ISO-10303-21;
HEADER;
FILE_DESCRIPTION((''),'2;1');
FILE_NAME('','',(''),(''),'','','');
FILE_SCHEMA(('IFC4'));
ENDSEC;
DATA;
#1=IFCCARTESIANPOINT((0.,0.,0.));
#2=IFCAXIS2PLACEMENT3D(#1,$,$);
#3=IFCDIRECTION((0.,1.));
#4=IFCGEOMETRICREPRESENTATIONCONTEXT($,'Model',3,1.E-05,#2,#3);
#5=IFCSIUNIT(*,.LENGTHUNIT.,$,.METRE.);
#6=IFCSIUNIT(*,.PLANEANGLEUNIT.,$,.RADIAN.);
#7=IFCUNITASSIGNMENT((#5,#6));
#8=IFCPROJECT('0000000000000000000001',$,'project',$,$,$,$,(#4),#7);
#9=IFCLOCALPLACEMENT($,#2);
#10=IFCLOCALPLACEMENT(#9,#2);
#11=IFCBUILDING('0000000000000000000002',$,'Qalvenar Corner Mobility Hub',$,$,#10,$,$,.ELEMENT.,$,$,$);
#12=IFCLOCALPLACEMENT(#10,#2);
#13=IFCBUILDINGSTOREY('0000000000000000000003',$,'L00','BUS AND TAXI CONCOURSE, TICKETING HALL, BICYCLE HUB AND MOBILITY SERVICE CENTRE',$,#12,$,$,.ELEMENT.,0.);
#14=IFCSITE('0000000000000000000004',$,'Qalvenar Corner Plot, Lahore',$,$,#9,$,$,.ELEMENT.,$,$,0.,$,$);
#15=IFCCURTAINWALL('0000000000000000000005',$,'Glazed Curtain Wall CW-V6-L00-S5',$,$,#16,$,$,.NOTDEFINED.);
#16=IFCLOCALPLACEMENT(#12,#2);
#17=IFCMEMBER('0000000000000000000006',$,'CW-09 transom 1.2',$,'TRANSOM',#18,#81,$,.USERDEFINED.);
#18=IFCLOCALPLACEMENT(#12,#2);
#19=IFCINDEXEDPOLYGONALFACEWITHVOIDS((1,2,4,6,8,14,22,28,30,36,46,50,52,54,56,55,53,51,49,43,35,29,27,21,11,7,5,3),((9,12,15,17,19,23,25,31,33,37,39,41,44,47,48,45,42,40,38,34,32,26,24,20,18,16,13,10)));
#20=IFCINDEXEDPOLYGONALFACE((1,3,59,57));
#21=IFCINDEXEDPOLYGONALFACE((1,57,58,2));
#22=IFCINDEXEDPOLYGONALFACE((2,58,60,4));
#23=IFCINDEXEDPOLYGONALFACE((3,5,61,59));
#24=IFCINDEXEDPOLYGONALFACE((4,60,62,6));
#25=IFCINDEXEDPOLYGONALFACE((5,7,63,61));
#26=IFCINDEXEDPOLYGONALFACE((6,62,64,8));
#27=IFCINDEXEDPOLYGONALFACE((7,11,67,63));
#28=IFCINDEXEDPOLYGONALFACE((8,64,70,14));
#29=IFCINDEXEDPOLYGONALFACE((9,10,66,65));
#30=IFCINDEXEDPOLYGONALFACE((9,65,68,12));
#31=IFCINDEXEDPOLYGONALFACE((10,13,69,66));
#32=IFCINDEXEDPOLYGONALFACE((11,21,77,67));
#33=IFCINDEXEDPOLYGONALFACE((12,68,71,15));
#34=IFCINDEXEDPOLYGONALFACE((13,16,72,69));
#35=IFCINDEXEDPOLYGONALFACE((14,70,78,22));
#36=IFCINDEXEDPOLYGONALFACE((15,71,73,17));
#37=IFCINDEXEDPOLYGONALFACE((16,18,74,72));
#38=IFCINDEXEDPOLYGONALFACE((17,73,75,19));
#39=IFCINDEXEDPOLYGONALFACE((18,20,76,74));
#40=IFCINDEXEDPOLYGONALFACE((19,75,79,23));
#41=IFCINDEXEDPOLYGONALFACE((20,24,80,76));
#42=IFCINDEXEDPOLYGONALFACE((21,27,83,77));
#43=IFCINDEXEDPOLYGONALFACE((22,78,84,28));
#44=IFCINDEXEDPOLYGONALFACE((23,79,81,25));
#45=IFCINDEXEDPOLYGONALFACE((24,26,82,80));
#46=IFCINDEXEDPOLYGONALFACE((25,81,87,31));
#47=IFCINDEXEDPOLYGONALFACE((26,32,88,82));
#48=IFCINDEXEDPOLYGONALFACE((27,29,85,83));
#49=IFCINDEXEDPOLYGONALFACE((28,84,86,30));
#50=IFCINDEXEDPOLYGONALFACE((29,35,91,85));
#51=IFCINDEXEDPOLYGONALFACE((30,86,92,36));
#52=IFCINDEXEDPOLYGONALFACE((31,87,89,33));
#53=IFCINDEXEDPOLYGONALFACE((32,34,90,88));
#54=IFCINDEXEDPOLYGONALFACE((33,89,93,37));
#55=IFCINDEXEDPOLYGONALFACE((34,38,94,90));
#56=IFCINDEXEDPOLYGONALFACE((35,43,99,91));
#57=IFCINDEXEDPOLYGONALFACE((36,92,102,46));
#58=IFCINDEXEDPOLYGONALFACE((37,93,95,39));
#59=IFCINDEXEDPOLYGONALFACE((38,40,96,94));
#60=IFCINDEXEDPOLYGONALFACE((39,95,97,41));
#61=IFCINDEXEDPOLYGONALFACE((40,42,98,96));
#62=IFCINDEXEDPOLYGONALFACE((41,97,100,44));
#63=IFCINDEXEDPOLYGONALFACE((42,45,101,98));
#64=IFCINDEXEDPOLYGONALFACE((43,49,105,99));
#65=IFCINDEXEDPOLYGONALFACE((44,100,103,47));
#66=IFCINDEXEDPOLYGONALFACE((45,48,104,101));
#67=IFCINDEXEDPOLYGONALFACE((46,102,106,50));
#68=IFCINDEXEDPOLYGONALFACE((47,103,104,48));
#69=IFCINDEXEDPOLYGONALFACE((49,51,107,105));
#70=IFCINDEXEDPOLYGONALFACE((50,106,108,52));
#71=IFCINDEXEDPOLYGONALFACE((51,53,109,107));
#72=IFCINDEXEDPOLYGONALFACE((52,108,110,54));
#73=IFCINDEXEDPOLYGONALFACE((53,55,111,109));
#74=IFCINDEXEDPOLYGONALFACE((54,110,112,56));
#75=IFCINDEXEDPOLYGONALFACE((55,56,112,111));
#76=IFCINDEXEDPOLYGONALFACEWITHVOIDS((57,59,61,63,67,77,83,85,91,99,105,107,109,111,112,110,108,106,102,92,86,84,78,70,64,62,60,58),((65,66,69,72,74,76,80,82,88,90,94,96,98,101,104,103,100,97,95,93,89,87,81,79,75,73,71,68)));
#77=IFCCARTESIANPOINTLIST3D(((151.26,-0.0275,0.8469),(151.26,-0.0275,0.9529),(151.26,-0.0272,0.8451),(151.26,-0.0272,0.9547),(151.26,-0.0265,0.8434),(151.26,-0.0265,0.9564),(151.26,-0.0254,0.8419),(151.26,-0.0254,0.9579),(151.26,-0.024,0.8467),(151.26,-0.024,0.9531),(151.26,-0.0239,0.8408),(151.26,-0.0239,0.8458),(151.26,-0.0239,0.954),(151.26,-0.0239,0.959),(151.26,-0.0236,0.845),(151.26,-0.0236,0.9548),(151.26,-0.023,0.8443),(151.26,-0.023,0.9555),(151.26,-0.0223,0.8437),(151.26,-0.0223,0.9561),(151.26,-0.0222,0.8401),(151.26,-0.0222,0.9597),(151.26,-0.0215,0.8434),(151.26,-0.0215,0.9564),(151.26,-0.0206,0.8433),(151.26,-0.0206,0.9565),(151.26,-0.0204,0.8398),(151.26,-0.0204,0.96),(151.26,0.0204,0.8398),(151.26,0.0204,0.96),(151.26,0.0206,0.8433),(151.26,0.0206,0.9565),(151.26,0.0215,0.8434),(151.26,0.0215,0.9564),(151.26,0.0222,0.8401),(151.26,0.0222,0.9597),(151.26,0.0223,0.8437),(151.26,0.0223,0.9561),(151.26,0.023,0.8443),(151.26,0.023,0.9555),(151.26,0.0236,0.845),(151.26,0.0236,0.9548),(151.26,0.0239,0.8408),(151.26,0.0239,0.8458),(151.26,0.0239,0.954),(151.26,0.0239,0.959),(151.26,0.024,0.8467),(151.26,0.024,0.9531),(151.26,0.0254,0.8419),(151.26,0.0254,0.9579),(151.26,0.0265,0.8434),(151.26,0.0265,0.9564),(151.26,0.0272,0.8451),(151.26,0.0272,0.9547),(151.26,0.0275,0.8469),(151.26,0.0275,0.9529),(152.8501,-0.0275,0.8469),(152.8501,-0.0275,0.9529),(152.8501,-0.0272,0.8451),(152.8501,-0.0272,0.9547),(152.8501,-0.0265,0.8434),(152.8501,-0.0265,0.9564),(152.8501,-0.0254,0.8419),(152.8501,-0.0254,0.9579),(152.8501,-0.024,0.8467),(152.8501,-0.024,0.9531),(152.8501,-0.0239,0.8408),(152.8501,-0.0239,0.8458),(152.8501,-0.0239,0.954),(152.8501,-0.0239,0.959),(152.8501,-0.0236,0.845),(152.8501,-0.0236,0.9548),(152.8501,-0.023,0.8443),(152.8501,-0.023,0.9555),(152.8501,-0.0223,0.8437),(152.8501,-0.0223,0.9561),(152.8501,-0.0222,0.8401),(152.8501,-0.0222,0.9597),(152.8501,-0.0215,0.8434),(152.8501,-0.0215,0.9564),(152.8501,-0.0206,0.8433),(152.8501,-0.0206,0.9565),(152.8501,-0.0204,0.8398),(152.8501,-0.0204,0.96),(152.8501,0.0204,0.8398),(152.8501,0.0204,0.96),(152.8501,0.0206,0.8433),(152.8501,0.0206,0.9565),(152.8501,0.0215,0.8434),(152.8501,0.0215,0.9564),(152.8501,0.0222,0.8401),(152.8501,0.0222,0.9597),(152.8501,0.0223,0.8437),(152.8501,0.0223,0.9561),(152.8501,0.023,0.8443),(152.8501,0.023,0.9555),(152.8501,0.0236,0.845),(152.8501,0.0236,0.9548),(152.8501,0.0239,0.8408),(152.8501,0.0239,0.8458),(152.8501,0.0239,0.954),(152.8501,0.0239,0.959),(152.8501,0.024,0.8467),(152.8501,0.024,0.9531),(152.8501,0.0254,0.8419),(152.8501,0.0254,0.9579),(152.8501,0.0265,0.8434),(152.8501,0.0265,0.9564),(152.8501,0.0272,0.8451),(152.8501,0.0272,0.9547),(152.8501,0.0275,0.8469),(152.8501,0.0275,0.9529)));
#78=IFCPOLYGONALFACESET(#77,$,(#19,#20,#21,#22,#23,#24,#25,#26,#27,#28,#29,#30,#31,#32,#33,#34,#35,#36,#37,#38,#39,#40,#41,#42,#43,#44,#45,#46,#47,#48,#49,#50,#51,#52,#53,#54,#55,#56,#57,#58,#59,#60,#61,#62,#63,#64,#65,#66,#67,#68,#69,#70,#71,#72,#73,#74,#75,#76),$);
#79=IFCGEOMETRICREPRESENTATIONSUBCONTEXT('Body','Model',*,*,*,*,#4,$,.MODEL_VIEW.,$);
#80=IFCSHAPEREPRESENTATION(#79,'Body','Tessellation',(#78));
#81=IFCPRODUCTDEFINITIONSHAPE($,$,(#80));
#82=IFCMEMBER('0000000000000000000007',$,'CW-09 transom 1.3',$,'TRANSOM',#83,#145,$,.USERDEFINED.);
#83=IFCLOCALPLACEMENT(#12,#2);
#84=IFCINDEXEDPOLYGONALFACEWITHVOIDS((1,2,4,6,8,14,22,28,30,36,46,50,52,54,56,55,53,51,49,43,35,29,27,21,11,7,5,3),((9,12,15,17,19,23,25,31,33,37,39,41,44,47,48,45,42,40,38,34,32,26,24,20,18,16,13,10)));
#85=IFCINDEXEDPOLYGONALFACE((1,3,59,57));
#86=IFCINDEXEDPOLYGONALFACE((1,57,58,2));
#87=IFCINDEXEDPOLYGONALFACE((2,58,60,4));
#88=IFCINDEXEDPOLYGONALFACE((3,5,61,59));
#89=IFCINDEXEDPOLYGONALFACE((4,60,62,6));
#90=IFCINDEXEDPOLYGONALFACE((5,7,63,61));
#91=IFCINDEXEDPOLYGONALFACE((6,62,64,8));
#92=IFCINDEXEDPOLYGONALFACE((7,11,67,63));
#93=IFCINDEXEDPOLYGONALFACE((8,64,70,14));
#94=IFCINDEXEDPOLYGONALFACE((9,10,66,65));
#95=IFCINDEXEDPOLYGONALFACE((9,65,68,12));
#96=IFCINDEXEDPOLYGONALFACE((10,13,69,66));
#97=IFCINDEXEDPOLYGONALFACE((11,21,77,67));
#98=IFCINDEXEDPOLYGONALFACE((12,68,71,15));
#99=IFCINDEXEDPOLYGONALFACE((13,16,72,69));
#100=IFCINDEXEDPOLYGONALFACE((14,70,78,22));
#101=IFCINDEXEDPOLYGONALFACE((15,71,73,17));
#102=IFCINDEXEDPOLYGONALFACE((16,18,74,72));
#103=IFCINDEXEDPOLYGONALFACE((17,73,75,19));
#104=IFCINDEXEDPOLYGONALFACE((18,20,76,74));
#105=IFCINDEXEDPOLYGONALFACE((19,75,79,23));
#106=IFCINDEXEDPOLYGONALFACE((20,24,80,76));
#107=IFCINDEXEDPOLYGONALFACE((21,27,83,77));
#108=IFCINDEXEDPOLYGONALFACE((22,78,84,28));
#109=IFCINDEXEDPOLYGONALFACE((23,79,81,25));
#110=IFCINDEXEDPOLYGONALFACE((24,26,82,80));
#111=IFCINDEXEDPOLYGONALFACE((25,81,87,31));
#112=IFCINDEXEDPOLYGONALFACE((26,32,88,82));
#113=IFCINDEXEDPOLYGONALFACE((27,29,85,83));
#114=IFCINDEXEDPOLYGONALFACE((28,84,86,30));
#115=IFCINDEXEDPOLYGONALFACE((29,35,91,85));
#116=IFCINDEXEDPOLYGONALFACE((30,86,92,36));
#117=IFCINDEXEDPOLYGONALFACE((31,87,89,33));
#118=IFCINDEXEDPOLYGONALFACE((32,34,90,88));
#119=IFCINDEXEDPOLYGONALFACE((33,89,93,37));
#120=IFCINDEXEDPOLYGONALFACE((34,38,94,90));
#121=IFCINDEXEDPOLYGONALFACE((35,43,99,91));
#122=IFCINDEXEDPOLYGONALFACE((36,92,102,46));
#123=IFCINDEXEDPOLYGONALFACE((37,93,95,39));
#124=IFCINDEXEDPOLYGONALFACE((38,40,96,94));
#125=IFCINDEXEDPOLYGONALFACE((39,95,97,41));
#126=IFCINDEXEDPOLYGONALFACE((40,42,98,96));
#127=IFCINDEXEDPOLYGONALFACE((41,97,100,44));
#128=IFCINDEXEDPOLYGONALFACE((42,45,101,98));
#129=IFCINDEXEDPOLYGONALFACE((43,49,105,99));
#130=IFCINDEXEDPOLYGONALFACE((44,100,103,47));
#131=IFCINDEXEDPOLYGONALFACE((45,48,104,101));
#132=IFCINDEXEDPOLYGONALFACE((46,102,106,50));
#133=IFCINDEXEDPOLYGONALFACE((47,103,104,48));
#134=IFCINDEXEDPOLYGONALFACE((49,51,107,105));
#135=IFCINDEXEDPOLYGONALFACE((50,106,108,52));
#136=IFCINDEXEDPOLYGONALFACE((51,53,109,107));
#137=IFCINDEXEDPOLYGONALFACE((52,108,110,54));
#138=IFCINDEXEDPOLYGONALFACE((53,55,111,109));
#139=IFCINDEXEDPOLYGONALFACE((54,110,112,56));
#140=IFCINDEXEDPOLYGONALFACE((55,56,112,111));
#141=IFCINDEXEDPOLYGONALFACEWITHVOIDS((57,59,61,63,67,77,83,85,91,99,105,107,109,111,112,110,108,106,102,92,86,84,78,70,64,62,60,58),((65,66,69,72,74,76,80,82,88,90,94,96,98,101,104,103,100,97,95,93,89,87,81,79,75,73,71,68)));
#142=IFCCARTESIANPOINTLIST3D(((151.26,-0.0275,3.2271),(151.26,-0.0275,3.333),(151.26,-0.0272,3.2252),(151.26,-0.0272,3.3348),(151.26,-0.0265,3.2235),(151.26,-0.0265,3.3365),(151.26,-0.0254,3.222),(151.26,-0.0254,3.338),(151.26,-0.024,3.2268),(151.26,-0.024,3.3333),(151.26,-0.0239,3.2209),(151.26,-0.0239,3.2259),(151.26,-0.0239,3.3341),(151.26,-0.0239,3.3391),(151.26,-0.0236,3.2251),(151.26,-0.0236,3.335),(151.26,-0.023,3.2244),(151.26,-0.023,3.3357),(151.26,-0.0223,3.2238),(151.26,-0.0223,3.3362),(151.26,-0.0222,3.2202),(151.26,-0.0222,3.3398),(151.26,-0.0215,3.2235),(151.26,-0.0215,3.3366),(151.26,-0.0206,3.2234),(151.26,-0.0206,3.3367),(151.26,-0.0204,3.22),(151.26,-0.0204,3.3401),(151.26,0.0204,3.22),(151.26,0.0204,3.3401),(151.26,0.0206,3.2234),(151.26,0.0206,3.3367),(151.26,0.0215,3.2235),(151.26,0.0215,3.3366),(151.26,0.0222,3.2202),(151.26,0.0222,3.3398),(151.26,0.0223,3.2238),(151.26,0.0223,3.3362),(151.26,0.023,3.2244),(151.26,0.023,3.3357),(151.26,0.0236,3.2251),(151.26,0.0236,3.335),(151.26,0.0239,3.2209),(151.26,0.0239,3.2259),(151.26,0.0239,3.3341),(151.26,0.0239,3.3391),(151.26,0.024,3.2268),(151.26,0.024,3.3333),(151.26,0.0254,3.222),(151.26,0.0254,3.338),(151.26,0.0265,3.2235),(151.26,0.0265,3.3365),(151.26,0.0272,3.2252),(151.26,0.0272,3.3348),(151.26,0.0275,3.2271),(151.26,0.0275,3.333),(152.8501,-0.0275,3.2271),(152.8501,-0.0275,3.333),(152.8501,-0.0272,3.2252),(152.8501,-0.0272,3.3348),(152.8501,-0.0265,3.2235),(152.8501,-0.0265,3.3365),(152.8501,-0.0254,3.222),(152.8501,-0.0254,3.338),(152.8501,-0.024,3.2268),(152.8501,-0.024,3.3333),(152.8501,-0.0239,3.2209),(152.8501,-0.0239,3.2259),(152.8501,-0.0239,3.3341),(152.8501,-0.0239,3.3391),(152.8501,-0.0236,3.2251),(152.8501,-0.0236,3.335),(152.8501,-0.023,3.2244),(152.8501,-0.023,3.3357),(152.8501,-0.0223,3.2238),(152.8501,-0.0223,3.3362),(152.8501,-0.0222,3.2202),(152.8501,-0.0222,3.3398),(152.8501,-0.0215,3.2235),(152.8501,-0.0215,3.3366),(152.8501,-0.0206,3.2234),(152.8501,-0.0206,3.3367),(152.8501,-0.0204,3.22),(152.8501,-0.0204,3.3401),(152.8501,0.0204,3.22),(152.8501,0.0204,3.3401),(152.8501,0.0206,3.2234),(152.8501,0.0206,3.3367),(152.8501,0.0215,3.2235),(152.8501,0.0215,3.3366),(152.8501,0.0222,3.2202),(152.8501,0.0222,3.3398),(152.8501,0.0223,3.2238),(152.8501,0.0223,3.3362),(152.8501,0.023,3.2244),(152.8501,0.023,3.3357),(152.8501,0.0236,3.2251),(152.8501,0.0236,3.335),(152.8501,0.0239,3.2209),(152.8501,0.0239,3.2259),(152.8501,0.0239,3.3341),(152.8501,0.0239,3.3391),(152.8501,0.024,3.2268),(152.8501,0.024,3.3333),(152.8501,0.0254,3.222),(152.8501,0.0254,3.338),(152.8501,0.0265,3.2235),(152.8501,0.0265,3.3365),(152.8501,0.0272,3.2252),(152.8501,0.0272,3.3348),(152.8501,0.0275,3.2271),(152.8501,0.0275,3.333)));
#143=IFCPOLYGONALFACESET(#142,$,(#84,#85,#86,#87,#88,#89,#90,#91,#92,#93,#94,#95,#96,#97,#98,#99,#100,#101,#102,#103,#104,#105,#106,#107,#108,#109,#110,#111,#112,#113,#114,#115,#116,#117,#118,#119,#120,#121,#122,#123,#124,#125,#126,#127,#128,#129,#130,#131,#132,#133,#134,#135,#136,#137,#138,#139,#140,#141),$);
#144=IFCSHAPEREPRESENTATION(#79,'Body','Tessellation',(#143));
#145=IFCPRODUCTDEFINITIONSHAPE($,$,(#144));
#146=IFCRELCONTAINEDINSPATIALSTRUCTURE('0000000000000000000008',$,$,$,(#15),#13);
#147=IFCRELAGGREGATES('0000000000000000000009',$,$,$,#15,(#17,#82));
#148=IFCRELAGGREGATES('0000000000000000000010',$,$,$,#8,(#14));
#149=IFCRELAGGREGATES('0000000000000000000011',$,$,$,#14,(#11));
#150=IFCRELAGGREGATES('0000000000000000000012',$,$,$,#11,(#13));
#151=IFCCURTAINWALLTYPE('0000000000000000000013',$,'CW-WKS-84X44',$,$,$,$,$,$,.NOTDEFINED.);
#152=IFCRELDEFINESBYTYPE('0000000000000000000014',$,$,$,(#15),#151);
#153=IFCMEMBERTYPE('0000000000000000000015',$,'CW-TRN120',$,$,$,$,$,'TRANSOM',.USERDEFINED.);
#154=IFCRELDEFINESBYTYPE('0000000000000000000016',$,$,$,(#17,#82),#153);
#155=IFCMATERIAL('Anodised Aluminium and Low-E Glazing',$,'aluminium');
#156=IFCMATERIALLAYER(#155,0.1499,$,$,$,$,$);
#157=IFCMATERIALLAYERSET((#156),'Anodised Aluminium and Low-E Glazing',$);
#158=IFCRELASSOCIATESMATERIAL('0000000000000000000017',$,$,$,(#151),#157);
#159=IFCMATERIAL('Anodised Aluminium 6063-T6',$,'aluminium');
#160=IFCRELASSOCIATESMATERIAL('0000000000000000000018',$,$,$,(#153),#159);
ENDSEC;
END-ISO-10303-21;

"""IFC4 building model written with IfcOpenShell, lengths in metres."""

from ifc_helpers import new_model, si_unit, direction, frame, origin, origin_2d, place, context, subcontext, project, spatial, hollow_rectangle, extrude, material, layer, layer_set, material_profile, profile_set, type_object, element, aggregate, save


model = new_model("IFC4")

# Units and contexts
model_context = context("Model", 3, precision=1e-05, world=origin(), true_north=direction((0.0, 1.0)))
body_context = subcontext(model_context, "Body", "Model", "MODEL_VIEW")
ifc_project = project(units=[si_unit("LENGTHUNIT", "METRE"), si_unit("PLANEANGLEUNIT", "RADIAN")], contexts=[model_context])

# Site, building, storey
site_placement = place(None, origin())
site = spatial("IfcSite", under=ifc_project, at=site_placement, Name="Qalvenar Corner Plot, Lahore", CompositionType="ELEMENT", RefElevation=0.0)
building_placement = place(site_placement, origin())
building = spatial("IfcBuilding", under=site, at=building_placement, Name="Qalvenar Corner Mobility Hub", CompositionType="ELEMENT")
storey_placement = place(building_placement, origin())
storey = spatial("IfcBuildingStorey", under=building, at=storey_placement, Name="L00", Description="BUS AND TAXI CONCOURSE, TICKETING HALL, BICYCLE HUB AND MOBILITY SERVICE CENTRE", CompositionType="ELEMENT", Elevation=0.0)

# Curtain wall, members
ifc_material_1 = material(Name="Anodised Aluminium and Low-E Glazing", Category="aluminium")
ifc_layer_1 = layer(ifc_material_1, 0.1499)
ifc_layer_set_1 = layer_set([ifc_layer_1], Name="Anodised Aluminium and Low-E Glazing")
curtain_wall_type = type_object("IfcCurtainWallType", Name="CW-WKS-84X44", PredefinedType="NOTDEFINED", material=ifc_layer_set_1)
curtain_wall_placement = place(storey_placement, origin())
curtain_wall = element("IfcCurtainWall", 1, at=curtain_wall_placement, inside=storey, type_object=curtain_wall_type, Name="Glazed Curtain Wall CW-V6-L00-S5", PredefinedType="NOTDEFINED")
ifc_material_2 = material(Name="Anodised Aluminium 6063-T6", Category="aluminium")
ifc_material_profile_1 = material_profile(ifc_material_2, hollow_rectangle(XDim=0.0549, YDim=0.1201, WallThickness=0.0034, InnerFilletRadius=0.0034, OuterFilletRadius=0.0071, at=origin_2d()), Name="RHS120x55x3.5")
ifc_profile_set_1 = profile_set([ifc_material_profile_1], Name="Anodised Aluminium 6063-T6")
member_type_1 = type_object("IfcMemberType", Name="CW-TRN120", ElementType="TRANSOM", PredefinedType="USERDEFINED", material=ifc_profile_set_1)
member_1_placement = place(storey_placement, frame((151.26, 0.0, 0.8999), z_axis=(1.0, 0.0, 0.0), x_axis=(0.0, 1.0, 0.0)))
member_1 = element("IfcMember", 2, at=member_1_placement, type_object=member_type_1, Name="CW-09 transom 1.2", ObjectType="TRANSOM", PredefinedType="USERDEFINED", context=body_context, shape_type="SweptSolid", body=[
    extrude(hollow_rectangle(XDim=0.0549, YDim=0.1201, WallThickness=0.0034, InnerFilletRadius=0.0034, OuterFilletRadius=0.0071, at=origin_2d()), origin(), (0.0, 0.0, 1.0), 1.5901),
])
member_2_placement = place(storey_placement, frame((151.26, 0.0, 3.28), z_axis=(1.0, 0.0, 0.0), x_axis=(0.0, 1.0, 0.0)))
member_2 = element("IfcMember", 3, at=member_2_placement, type_object=member_type_1, Name="CW-09 transom 1.3", ObjectType="TRANSOM", PredefinedType="USERDEFINED", context=body_context, shape_type="SweptSolid", body=[
    extrude(hollow_rectangle(XDim=0.0549, YDim=0.1201, WallThickness=0.0034, InnerFilletRadius=0.0034, OuterFilletRadius=0.0071, at=origin_2d()), origin(), (0.0, 0.0, 1.0), 1.5901),
])
aggregate(curtain_wall, [member_1, member_2])

save(model, "model.ifc")
